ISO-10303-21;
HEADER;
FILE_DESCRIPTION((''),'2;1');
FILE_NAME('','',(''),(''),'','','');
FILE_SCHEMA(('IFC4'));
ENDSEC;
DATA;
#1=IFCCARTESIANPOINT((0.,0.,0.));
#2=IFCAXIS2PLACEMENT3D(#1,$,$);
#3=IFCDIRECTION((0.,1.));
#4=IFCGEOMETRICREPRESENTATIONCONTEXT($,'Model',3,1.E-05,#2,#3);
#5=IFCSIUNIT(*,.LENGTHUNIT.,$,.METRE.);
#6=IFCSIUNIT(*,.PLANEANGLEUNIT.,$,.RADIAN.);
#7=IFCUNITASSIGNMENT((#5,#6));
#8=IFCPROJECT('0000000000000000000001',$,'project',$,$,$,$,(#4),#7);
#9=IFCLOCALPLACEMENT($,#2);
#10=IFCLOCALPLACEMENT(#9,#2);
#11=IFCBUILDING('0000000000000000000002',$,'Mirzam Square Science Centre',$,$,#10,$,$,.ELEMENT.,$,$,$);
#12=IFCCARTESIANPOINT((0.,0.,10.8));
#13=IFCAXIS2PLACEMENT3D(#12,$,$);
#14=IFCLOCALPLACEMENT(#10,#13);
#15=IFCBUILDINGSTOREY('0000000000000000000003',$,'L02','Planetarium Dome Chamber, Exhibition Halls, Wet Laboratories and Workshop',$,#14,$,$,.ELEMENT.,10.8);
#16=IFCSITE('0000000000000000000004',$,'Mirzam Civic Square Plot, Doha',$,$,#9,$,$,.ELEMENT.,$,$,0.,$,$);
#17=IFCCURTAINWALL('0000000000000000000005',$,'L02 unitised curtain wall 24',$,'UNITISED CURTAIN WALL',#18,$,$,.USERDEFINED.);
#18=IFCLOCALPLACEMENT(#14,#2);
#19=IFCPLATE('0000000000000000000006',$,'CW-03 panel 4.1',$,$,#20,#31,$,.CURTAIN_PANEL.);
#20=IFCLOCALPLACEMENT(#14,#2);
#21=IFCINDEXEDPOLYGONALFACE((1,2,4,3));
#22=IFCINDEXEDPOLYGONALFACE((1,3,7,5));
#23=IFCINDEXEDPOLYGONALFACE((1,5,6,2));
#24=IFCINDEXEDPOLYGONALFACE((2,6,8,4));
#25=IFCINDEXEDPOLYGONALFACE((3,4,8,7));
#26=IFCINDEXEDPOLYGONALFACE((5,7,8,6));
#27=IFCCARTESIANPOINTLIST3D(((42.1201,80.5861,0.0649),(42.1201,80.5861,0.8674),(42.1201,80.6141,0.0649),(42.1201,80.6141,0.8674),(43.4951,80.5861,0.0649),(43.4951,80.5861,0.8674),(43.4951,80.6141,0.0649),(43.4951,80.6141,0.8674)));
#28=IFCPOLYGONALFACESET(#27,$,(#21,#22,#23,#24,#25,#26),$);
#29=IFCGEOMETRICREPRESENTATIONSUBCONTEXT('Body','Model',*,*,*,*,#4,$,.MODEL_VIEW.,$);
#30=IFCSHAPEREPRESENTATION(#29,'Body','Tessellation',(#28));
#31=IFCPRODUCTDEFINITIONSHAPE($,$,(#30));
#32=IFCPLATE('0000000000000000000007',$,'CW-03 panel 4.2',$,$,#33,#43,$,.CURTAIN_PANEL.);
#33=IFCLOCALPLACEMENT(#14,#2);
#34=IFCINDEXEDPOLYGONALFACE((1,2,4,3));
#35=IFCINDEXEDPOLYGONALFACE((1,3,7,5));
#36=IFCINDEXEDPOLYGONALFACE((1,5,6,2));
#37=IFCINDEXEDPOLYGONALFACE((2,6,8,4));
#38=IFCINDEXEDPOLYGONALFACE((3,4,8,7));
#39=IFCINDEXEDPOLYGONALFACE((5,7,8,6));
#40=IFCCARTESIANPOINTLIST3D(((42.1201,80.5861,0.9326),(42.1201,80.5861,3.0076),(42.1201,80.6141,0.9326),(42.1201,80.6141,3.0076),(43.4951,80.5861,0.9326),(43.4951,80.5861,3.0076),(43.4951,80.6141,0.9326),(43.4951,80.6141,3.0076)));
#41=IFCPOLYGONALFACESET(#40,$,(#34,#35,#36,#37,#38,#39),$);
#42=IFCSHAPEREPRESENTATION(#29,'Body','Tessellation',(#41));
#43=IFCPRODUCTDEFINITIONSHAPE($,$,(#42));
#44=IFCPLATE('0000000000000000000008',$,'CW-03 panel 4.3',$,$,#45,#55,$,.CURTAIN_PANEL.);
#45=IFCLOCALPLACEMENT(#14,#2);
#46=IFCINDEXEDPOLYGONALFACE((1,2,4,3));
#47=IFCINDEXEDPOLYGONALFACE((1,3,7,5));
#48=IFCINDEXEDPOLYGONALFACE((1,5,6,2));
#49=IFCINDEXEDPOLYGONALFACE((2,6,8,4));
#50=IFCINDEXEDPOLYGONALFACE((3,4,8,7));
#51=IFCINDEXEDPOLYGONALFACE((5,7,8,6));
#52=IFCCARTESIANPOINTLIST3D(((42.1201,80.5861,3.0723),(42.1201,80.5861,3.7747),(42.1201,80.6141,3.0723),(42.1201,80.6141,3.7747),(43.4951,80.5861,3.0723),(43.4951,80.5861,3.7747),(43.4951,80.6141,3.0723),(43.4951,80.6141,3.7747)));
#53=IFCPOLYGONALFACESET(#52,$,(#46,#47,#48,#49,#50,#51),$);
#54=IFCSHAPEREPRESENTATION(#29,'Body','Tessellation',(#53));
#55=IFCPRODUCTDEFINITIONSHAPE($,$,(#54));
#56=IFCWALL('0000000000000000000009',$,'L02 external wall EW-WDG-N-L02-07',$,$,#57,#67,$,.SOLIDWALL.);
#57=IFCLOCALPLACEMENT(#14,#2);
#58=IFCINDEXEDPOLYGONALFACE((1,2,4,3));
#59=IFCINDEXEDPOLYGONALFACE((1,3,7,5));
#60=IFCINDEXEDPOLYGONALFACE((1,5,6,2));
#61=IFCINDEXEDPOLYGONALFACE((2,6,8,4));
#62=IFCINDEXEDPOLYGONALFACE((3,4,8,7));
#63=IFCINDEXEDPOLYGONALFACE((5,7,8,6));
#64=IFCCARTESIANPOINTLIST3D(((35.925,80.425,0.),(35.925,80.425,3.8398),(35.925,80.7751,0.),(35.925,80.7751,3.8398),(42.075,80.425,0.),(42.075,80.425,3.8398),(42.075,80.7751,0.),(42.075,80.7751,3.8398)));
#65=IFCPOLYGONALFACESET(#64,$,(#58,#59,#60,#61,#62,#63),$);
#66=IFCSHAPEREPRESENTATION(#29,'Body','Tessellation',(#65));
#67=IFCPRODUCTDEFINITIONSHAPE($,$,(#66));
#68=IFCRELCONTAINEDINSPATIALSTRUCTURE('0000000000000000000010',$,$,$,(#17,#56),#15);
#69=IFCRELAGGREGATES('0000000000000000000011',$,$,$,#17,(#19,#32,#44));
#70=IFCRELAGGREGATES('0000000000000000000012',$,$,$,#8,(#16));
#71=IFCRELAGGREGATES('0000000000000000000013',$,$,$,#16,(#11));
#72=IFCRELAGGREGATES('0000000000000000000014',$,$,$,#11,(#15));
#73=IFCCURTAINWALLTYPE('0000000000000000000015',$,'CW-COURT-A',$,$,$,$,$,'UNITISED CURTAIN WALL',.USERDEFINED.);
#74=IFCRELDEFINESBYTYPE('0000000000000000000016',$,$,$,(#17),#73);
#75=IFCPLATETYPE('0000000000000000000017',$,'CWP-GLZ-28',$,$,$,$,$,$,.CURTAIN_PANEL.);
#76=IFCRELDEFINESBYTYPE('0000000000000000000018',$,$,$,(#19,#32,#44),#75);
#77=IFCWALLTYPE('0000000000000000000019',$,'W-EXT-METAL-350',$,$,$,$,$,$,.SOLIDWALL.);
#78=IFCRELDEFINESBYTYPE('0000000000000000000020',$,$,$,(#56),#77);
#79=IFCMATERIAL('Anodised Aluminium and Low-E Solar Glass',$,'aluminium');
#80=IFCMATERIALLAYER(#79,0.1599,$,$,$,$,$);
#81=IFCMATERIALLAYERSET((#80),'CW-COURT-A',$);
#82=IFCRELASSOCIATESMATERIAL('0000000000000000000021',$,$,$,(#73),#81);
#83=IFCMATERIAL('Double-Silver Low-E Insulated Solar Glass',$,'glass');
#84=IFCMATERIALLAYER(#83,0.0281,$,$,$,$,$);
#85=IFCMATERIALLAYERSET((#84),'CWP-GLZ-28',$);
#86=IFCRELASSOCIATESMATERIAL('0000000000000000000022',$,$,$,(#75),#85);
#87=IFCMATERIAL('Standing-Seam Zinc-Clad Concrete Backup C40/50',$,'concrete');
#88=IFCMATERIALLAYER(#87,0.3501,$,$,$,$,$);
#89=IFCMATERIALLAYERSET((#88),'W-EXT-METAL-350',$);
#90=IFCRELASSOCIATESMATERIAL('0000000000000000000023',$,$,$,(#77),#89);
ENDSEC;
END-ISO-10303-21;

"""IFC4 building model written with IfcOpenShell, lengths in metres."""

from ifc_helpers import new_model, si_unit, direction, frame, frame_2d, origin, origin_2d, place, context, subcontext, project, spatial, rectangle, extrude, material, layer, layer_set, type_object, element, aggregate, save


model = new_model("IFC4")

# Units and contexts
model_context = context("Model", 3, precision=1e-05, world=origin(), true_north=direction((0.0, 1.0)))
body_context = subcontext(model_context, "Body", "Model", "MODEL_VIEW")
ifc_project = project(units=[si_unit("LENGTHUNIT", "METRE"), si_unit("PLANEANGLEUNIT", "RADIAN")], contexts=[model_context])

# Site, building, storey
site_placement = place(None, origin())
site = spatial("IfcSite", under=ifc_project, at=site_placement, Name="Mirzam Civic Square Plot, Doha", CompositionType="ELEMENT", RefElevation=0.0)
building_placement = place(site_placement, origin())
building = spatial("IfcBuilding", under=site, at=building_placement, Name="Mirzam Square Science Centre", CompositionType="ELEMENT")
storey_placement = place(building_placement, frame((0.0, 0.0, 10.8)))
storey = spatial("IfcBuildingStorey", under=building, at=storey_placement, Name="L02", Description="Planetarium Dome Chamber, Exhibition Halls, Wet Laboratories and Workshop", CompositionType="ELEMENT", Elevation=10.8)

# Curtain wall
ifc_material_1 = material(Name="Anodised Aluminium and Low-E Solar Glass", Category="aluminium")
ifc_layer_1 = layer(ifc_material_1, 0.1599)
ifc_layer_set_1 = layer_set([ifc_layer_1], Name="CW-COURT-A")
curtain_wall_type = type_object("IfcCurtainWallType", Name="CW-COURT-A", ElementType="UNITISED CURTAIN WALL", PredefinedType="USERDEFINED", material=ifc_layer_set_1)
curtain_wall_placement = place(storey_placement, origin())
curtain_wall = element("IfcCurtainWall", 1, at=curtain_wall_placement, inside=storey, type_object=curtain_wall_type, Name="L02 unitised curtain wall 24", ObjectType="UNITISED CURTAIN WALL", PredefinedType="USERDEFINED")

# Plates
ifc_material_2 = material(Name="Double-Silver Low-E Insulated Solar Glass", Category="glass")
ifc_layer_2 = layer(ifc_material_2, 0.0281)
ifc_layer_set_2 = layer_set([ifc_layer_2], Name="CWP-GLZ-28")
plate_type = type_object("IfcPlateType", Name="CWP-GLZ-28", PredefinedType="CURTAIN_PANEL", material=ifc_layer_set_2)
plate_1_placement = place(storey_placement, frame((42.8076, 80.6001, 0.0649), z_axis=(0.0, 0.0, 1.0), x_axis=(-1.0, 0.0, 0.0)))
plate_1 = element("IfcPlate", 2, at=plate_1_placement, type_object=plate_type, Name="CW-03 panel 4.1", PredefinedType="CURTAIN_PANEL", context=body_context, shape_type="SweptSolid", body=[
    extrude(rectangle(XDim=1.375, YDim=0.0281, at=origin_2d()), origin(), (0.0, 0.0, 1.0), 0.8025),
])
plate_2_placement = place(storey_placement, frame((42.8076, 80.6001, 0.9326), z_axis=(0.0, 0.0, 1.0), x_axis=(-1.0, 0.0, 0.0)))
plate_2 = element("IfcPlate", 3, at=plate_2_placement, type_object=plate_type, Name="CW-03 panel 4.2", PredefinedType="CURTAIN_PANEL", context=body_context, shape_type="SweptSolid", body=[
    extrude(rectangle(XDim=1.375, YDim=0.0281, at=origin_2d()), origin(), (0.0, 0.0, 1.0), 2.075),
])
plate_3_placement = place(storey_placement, frame((42.8076, 80.6001, 3.0723), z_axis=(0.0, 0.0, 1.0), x_axis=(-1.0, 0.0, 0.0)))
plate_3 = element("IfcPlate", 4, at=plate_3_placement, type_object=plate_type, Name="CW-03 panel 4.3", PredefinedType="CURTAIN_PANEL", context=body_context, shape_type="SweptSolid", body=[
    extrude(rectangle(XDim=1.375, YDim=0.0281, at=origin_2d()), origin(), (0.0, 0.0, 1.0), 0.7024),
])
aggregate(curtain_wall, [plate_1, plate_2, plate_3])

# Wall
ifc_material_3 = material(Name="Standing-Seam Zinc-Clad Concrete Backup C40/50", Category="concrete")
ifc_layer_3 = layer(ifc_material_3, 0.3501)
ifc_layer_set_3 = layer_set([ifc_layer_3], Name="W-EXT-METAL-350")
wall_type = type_object("IfcWallType", Name="W-EXT-METAL-350", PredefinedType="SOLIDWALL", material=ifc_layer_set_3)
wall_placement = place(storey_placement, frame((42.075, 80.6001, 0.0), z_axis=(0.0, 0.0, 1.0), x_axis=(-1.0, 0.0, 0.0)))
element("IfcWall", 5, at=wall_placement, inside=storey, type_object=wall_type, Name="L02 external wall EW-WDG-N-L02-07", PredefinedType="SOLIDWALL", context=body_context, shape_type="SweptSolid", body=[
    extrude(rectangle(XDim=6.1499, YDim=0.3501, at=frame_2d((3.075, 0.0))), origin(), (0.0, 0.0, 1.0), 3.8398),
])

save(model, "model.ifc")
